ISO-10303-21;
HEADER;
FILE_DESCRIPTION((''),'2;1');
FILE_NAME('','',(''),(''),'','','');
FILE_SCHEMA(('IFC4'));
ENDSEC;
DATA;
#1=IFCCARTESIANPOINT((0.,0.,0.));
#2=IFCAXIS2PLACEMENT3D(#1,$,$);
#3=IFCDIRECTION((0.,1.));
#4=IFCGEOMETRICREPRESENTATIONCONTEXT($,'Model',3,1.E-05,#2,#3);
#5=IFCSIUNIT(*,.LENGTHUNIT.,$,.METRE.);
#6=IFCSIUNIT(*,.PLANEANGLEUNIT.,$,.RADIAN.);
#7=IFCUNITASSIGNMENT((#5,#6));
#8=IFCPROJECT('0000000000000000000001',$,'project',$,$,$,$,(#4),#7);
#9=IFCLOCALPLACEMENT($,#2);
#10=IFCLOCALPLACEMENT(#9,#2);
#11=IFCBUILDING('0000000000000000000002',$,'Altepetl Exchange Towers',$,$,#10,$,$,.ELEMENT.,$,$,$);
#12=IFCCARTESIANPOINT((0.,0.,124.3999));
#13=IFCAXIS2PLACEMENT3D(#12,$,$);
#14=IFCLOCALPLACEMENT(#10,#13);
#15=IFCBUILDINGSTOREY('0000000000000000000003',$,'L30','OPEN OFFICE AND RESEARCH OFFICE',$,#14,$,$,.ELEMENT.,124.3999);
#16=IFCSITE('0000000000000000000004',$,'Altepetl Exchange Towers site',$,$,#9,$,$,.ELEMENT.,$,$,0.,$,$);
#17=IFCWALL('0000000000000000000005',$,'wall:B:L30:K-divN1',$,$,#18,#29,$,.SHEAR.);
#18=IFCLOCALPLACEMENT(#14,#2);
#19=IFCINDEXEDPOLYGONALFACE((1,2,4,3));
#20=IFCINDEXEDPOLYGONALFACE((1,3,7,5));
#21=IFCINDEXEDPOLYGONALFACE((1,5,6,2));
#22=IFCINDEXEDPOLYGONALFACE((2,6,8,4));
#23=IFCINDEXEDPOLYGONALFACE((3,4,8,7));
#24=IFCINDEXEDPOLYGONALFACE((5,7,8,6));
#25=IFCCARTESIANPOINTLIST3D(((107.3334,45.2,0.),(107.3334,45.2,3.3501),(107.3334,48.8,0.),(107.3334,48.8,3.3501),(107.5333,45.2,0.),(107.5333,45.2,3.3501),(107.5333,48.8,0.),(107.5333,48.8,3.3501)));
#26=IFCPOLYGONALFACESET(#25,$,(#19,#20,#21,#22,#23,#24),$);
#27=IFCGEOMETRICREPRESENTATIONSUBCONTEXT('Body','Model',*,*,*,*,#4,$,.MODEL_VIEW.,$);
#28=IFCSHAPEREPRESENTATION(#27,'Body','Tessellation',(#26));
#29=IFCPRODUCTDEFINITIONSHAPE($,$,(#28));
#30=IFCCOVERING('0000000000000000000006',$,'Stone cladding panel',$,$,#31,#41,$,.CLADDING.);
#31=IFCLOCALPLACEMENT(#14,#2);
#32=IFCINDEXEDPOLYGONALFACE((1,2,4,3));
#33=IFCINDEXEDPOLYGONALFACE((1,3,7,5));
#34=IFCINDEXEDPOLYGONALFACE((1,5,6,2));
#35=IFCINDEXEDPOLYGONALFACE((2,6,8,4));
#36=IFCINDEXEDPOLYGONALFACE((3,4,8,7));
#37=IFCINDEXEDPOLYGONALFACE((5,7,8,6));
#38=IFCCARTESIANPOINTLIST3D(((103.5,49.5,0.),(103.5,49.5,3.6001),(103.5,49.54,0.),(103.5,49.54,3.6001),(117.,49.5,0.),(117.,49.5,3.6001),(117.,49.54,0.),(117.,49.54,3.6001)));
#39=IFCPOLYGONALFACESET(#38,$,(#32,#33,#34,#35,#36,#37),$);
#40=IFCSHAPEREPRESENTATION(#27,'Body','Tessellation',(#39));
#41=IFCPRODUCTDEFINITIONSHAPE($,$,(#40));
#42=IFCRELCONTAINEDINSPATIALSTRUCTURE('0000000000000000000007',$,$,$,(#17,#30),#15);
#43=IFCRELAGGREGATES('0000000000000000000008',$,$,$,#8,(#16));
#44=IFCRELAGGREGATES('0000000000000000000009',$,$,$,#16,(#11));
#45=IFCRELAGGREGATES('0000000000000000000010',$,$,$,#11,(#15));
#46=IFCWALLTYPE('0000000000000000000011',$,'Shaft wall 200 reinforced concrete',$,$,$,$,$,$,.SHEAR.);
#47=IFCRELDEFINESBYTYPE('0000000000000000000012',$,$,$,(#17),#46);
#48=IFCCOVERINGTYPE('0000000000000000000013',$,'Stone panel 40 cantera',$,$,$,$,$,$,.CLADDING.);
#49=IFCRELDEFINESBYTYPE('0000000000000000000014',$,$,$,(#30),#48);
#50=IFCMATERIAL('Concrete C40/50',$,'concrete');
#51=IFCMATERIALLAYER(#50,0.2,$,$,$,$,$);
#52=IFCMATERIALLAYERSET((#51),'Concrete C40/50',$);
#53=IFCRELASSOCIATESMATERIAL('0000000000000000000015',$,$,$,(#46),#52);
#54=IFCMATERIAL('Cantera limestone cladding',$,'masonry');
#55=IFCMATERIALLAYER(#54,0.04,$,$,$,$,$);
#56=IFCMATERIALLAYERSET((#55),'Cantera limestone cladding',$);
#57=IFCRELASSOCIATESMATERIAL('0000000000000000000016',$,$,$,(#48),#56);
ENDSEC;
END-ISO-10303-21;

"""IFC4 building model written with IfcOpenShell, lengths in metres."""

from ifc_helpers import new_model, si_unit, direction, frame, frame_2d, origin, origin_2d, place, context, subcontext, project, spatial, rectangle, extrude, material, layer, layer_set, type_object, element, save


model = new_model("IFC4")

# Units and contexts
model_context = context("Model", 3, precision=1e-05, world=origin(), true_north=direction((0.0, 1.0)))
body_context = subcontext(model_context, "Body", "Model", "MODEL_VIEW")
ifc_project = project(units=[si_unit("LENGTHUNIT", "METRE"), si_unit("PLANEANGLEUNIT", "RADIAN")], contexts=[model_context])

# Site, building, storey
site_placement = place(None, origin())
site = spatial("IfcSite", under=ifc_project, at=site_placement, Name="Altepetl Exchange Towers site", CompositionType="ELEMENT", RefElevation=0.0)
building_placement = place(site_placement, origin())
building = spatial("IfcBuilding", under=site, at=building_placement, Name="Altepetl Exchange Towers", CompositionType="ELEMENT")
storey_placement = place(building_placement, frame((0.0, 0.0, 124.3999)))
storey = spatial("IfcBuildingStorey", under=building, at=storey_placement, Name="L30", Description="OPEN OFFICE AND RESEARCH OFFICE", CompositionType="ELEMENT", Elevation=124.3999)

# Wall
ifc_material_1 = material(Name="Concrete C40/50", Category="concrete")
ifc_layer_1 = layer(ifc_material_1, 0.2)
ifc_layer_set_1 = layer_set([ifc_layer_1], Name="Concrete C40/50")
wall_type_1 = type_object("IfcWallType", Name="Shaft wall 200 reinforced concrete", PredefinedType="SHEAR", material=ifc_layer_set_1)
wall_1_placement = place(storey_placement, frame((107.4333, 48.8, 0.0), z_axis=(0.0, 0.0, 1.0), x_axis=(0.0, -1.0, 0.0)))
element("IfcWall", 1, at=wall_1_placement, inside=storey, type_object=wall_type_1, Name="wall:B:L30:K-divN1", PredefinedType="SHEAR", context=body_context, shape_type="SweptSolid", body=[
    extrude(rectangle(XDim=3.6001, YDim=0.2, at=frame_2d((1.8, 0.0))), origin(), (0.0, 0.0, 1.0), 3.3501),
])

# Covering
ifc_material_2 = material(Name="Cantera limestone cladding", Category="masonry")
ifc_layer_2 = layer(ifc_material_2, 0.04)
ifc_layer_set_2 = layer_set([ifc_layer_2], Name="Cantera limestone cladding")
covering_type = type_object("IfcCoveringType", Name="Stone panel 40 cantera", PredefinedType="CLADDING", material=ifc_layer_set_2)
covering_placement = place(storey_placement, frame((110.25, 49.52, 0.0), z_axis=(0.0, 0.0, 1.0), x_axis=(-1.0, 0.0, 0.0)))
element("IfcCovering", 2, at=covering_placement, inside=storey, type_object=covering_type, Name="Stone cladding panel", PredefinedType="CLADDING", context=body_context, shape_type="SweptSolid", body=[
    extrude(rectangle(XDim=13.5, YDim=0.04, at=origin_2d()), origin(), (0.0, 0.0, 1.0), 3.6001),
])

save(model, "model.ifc")
